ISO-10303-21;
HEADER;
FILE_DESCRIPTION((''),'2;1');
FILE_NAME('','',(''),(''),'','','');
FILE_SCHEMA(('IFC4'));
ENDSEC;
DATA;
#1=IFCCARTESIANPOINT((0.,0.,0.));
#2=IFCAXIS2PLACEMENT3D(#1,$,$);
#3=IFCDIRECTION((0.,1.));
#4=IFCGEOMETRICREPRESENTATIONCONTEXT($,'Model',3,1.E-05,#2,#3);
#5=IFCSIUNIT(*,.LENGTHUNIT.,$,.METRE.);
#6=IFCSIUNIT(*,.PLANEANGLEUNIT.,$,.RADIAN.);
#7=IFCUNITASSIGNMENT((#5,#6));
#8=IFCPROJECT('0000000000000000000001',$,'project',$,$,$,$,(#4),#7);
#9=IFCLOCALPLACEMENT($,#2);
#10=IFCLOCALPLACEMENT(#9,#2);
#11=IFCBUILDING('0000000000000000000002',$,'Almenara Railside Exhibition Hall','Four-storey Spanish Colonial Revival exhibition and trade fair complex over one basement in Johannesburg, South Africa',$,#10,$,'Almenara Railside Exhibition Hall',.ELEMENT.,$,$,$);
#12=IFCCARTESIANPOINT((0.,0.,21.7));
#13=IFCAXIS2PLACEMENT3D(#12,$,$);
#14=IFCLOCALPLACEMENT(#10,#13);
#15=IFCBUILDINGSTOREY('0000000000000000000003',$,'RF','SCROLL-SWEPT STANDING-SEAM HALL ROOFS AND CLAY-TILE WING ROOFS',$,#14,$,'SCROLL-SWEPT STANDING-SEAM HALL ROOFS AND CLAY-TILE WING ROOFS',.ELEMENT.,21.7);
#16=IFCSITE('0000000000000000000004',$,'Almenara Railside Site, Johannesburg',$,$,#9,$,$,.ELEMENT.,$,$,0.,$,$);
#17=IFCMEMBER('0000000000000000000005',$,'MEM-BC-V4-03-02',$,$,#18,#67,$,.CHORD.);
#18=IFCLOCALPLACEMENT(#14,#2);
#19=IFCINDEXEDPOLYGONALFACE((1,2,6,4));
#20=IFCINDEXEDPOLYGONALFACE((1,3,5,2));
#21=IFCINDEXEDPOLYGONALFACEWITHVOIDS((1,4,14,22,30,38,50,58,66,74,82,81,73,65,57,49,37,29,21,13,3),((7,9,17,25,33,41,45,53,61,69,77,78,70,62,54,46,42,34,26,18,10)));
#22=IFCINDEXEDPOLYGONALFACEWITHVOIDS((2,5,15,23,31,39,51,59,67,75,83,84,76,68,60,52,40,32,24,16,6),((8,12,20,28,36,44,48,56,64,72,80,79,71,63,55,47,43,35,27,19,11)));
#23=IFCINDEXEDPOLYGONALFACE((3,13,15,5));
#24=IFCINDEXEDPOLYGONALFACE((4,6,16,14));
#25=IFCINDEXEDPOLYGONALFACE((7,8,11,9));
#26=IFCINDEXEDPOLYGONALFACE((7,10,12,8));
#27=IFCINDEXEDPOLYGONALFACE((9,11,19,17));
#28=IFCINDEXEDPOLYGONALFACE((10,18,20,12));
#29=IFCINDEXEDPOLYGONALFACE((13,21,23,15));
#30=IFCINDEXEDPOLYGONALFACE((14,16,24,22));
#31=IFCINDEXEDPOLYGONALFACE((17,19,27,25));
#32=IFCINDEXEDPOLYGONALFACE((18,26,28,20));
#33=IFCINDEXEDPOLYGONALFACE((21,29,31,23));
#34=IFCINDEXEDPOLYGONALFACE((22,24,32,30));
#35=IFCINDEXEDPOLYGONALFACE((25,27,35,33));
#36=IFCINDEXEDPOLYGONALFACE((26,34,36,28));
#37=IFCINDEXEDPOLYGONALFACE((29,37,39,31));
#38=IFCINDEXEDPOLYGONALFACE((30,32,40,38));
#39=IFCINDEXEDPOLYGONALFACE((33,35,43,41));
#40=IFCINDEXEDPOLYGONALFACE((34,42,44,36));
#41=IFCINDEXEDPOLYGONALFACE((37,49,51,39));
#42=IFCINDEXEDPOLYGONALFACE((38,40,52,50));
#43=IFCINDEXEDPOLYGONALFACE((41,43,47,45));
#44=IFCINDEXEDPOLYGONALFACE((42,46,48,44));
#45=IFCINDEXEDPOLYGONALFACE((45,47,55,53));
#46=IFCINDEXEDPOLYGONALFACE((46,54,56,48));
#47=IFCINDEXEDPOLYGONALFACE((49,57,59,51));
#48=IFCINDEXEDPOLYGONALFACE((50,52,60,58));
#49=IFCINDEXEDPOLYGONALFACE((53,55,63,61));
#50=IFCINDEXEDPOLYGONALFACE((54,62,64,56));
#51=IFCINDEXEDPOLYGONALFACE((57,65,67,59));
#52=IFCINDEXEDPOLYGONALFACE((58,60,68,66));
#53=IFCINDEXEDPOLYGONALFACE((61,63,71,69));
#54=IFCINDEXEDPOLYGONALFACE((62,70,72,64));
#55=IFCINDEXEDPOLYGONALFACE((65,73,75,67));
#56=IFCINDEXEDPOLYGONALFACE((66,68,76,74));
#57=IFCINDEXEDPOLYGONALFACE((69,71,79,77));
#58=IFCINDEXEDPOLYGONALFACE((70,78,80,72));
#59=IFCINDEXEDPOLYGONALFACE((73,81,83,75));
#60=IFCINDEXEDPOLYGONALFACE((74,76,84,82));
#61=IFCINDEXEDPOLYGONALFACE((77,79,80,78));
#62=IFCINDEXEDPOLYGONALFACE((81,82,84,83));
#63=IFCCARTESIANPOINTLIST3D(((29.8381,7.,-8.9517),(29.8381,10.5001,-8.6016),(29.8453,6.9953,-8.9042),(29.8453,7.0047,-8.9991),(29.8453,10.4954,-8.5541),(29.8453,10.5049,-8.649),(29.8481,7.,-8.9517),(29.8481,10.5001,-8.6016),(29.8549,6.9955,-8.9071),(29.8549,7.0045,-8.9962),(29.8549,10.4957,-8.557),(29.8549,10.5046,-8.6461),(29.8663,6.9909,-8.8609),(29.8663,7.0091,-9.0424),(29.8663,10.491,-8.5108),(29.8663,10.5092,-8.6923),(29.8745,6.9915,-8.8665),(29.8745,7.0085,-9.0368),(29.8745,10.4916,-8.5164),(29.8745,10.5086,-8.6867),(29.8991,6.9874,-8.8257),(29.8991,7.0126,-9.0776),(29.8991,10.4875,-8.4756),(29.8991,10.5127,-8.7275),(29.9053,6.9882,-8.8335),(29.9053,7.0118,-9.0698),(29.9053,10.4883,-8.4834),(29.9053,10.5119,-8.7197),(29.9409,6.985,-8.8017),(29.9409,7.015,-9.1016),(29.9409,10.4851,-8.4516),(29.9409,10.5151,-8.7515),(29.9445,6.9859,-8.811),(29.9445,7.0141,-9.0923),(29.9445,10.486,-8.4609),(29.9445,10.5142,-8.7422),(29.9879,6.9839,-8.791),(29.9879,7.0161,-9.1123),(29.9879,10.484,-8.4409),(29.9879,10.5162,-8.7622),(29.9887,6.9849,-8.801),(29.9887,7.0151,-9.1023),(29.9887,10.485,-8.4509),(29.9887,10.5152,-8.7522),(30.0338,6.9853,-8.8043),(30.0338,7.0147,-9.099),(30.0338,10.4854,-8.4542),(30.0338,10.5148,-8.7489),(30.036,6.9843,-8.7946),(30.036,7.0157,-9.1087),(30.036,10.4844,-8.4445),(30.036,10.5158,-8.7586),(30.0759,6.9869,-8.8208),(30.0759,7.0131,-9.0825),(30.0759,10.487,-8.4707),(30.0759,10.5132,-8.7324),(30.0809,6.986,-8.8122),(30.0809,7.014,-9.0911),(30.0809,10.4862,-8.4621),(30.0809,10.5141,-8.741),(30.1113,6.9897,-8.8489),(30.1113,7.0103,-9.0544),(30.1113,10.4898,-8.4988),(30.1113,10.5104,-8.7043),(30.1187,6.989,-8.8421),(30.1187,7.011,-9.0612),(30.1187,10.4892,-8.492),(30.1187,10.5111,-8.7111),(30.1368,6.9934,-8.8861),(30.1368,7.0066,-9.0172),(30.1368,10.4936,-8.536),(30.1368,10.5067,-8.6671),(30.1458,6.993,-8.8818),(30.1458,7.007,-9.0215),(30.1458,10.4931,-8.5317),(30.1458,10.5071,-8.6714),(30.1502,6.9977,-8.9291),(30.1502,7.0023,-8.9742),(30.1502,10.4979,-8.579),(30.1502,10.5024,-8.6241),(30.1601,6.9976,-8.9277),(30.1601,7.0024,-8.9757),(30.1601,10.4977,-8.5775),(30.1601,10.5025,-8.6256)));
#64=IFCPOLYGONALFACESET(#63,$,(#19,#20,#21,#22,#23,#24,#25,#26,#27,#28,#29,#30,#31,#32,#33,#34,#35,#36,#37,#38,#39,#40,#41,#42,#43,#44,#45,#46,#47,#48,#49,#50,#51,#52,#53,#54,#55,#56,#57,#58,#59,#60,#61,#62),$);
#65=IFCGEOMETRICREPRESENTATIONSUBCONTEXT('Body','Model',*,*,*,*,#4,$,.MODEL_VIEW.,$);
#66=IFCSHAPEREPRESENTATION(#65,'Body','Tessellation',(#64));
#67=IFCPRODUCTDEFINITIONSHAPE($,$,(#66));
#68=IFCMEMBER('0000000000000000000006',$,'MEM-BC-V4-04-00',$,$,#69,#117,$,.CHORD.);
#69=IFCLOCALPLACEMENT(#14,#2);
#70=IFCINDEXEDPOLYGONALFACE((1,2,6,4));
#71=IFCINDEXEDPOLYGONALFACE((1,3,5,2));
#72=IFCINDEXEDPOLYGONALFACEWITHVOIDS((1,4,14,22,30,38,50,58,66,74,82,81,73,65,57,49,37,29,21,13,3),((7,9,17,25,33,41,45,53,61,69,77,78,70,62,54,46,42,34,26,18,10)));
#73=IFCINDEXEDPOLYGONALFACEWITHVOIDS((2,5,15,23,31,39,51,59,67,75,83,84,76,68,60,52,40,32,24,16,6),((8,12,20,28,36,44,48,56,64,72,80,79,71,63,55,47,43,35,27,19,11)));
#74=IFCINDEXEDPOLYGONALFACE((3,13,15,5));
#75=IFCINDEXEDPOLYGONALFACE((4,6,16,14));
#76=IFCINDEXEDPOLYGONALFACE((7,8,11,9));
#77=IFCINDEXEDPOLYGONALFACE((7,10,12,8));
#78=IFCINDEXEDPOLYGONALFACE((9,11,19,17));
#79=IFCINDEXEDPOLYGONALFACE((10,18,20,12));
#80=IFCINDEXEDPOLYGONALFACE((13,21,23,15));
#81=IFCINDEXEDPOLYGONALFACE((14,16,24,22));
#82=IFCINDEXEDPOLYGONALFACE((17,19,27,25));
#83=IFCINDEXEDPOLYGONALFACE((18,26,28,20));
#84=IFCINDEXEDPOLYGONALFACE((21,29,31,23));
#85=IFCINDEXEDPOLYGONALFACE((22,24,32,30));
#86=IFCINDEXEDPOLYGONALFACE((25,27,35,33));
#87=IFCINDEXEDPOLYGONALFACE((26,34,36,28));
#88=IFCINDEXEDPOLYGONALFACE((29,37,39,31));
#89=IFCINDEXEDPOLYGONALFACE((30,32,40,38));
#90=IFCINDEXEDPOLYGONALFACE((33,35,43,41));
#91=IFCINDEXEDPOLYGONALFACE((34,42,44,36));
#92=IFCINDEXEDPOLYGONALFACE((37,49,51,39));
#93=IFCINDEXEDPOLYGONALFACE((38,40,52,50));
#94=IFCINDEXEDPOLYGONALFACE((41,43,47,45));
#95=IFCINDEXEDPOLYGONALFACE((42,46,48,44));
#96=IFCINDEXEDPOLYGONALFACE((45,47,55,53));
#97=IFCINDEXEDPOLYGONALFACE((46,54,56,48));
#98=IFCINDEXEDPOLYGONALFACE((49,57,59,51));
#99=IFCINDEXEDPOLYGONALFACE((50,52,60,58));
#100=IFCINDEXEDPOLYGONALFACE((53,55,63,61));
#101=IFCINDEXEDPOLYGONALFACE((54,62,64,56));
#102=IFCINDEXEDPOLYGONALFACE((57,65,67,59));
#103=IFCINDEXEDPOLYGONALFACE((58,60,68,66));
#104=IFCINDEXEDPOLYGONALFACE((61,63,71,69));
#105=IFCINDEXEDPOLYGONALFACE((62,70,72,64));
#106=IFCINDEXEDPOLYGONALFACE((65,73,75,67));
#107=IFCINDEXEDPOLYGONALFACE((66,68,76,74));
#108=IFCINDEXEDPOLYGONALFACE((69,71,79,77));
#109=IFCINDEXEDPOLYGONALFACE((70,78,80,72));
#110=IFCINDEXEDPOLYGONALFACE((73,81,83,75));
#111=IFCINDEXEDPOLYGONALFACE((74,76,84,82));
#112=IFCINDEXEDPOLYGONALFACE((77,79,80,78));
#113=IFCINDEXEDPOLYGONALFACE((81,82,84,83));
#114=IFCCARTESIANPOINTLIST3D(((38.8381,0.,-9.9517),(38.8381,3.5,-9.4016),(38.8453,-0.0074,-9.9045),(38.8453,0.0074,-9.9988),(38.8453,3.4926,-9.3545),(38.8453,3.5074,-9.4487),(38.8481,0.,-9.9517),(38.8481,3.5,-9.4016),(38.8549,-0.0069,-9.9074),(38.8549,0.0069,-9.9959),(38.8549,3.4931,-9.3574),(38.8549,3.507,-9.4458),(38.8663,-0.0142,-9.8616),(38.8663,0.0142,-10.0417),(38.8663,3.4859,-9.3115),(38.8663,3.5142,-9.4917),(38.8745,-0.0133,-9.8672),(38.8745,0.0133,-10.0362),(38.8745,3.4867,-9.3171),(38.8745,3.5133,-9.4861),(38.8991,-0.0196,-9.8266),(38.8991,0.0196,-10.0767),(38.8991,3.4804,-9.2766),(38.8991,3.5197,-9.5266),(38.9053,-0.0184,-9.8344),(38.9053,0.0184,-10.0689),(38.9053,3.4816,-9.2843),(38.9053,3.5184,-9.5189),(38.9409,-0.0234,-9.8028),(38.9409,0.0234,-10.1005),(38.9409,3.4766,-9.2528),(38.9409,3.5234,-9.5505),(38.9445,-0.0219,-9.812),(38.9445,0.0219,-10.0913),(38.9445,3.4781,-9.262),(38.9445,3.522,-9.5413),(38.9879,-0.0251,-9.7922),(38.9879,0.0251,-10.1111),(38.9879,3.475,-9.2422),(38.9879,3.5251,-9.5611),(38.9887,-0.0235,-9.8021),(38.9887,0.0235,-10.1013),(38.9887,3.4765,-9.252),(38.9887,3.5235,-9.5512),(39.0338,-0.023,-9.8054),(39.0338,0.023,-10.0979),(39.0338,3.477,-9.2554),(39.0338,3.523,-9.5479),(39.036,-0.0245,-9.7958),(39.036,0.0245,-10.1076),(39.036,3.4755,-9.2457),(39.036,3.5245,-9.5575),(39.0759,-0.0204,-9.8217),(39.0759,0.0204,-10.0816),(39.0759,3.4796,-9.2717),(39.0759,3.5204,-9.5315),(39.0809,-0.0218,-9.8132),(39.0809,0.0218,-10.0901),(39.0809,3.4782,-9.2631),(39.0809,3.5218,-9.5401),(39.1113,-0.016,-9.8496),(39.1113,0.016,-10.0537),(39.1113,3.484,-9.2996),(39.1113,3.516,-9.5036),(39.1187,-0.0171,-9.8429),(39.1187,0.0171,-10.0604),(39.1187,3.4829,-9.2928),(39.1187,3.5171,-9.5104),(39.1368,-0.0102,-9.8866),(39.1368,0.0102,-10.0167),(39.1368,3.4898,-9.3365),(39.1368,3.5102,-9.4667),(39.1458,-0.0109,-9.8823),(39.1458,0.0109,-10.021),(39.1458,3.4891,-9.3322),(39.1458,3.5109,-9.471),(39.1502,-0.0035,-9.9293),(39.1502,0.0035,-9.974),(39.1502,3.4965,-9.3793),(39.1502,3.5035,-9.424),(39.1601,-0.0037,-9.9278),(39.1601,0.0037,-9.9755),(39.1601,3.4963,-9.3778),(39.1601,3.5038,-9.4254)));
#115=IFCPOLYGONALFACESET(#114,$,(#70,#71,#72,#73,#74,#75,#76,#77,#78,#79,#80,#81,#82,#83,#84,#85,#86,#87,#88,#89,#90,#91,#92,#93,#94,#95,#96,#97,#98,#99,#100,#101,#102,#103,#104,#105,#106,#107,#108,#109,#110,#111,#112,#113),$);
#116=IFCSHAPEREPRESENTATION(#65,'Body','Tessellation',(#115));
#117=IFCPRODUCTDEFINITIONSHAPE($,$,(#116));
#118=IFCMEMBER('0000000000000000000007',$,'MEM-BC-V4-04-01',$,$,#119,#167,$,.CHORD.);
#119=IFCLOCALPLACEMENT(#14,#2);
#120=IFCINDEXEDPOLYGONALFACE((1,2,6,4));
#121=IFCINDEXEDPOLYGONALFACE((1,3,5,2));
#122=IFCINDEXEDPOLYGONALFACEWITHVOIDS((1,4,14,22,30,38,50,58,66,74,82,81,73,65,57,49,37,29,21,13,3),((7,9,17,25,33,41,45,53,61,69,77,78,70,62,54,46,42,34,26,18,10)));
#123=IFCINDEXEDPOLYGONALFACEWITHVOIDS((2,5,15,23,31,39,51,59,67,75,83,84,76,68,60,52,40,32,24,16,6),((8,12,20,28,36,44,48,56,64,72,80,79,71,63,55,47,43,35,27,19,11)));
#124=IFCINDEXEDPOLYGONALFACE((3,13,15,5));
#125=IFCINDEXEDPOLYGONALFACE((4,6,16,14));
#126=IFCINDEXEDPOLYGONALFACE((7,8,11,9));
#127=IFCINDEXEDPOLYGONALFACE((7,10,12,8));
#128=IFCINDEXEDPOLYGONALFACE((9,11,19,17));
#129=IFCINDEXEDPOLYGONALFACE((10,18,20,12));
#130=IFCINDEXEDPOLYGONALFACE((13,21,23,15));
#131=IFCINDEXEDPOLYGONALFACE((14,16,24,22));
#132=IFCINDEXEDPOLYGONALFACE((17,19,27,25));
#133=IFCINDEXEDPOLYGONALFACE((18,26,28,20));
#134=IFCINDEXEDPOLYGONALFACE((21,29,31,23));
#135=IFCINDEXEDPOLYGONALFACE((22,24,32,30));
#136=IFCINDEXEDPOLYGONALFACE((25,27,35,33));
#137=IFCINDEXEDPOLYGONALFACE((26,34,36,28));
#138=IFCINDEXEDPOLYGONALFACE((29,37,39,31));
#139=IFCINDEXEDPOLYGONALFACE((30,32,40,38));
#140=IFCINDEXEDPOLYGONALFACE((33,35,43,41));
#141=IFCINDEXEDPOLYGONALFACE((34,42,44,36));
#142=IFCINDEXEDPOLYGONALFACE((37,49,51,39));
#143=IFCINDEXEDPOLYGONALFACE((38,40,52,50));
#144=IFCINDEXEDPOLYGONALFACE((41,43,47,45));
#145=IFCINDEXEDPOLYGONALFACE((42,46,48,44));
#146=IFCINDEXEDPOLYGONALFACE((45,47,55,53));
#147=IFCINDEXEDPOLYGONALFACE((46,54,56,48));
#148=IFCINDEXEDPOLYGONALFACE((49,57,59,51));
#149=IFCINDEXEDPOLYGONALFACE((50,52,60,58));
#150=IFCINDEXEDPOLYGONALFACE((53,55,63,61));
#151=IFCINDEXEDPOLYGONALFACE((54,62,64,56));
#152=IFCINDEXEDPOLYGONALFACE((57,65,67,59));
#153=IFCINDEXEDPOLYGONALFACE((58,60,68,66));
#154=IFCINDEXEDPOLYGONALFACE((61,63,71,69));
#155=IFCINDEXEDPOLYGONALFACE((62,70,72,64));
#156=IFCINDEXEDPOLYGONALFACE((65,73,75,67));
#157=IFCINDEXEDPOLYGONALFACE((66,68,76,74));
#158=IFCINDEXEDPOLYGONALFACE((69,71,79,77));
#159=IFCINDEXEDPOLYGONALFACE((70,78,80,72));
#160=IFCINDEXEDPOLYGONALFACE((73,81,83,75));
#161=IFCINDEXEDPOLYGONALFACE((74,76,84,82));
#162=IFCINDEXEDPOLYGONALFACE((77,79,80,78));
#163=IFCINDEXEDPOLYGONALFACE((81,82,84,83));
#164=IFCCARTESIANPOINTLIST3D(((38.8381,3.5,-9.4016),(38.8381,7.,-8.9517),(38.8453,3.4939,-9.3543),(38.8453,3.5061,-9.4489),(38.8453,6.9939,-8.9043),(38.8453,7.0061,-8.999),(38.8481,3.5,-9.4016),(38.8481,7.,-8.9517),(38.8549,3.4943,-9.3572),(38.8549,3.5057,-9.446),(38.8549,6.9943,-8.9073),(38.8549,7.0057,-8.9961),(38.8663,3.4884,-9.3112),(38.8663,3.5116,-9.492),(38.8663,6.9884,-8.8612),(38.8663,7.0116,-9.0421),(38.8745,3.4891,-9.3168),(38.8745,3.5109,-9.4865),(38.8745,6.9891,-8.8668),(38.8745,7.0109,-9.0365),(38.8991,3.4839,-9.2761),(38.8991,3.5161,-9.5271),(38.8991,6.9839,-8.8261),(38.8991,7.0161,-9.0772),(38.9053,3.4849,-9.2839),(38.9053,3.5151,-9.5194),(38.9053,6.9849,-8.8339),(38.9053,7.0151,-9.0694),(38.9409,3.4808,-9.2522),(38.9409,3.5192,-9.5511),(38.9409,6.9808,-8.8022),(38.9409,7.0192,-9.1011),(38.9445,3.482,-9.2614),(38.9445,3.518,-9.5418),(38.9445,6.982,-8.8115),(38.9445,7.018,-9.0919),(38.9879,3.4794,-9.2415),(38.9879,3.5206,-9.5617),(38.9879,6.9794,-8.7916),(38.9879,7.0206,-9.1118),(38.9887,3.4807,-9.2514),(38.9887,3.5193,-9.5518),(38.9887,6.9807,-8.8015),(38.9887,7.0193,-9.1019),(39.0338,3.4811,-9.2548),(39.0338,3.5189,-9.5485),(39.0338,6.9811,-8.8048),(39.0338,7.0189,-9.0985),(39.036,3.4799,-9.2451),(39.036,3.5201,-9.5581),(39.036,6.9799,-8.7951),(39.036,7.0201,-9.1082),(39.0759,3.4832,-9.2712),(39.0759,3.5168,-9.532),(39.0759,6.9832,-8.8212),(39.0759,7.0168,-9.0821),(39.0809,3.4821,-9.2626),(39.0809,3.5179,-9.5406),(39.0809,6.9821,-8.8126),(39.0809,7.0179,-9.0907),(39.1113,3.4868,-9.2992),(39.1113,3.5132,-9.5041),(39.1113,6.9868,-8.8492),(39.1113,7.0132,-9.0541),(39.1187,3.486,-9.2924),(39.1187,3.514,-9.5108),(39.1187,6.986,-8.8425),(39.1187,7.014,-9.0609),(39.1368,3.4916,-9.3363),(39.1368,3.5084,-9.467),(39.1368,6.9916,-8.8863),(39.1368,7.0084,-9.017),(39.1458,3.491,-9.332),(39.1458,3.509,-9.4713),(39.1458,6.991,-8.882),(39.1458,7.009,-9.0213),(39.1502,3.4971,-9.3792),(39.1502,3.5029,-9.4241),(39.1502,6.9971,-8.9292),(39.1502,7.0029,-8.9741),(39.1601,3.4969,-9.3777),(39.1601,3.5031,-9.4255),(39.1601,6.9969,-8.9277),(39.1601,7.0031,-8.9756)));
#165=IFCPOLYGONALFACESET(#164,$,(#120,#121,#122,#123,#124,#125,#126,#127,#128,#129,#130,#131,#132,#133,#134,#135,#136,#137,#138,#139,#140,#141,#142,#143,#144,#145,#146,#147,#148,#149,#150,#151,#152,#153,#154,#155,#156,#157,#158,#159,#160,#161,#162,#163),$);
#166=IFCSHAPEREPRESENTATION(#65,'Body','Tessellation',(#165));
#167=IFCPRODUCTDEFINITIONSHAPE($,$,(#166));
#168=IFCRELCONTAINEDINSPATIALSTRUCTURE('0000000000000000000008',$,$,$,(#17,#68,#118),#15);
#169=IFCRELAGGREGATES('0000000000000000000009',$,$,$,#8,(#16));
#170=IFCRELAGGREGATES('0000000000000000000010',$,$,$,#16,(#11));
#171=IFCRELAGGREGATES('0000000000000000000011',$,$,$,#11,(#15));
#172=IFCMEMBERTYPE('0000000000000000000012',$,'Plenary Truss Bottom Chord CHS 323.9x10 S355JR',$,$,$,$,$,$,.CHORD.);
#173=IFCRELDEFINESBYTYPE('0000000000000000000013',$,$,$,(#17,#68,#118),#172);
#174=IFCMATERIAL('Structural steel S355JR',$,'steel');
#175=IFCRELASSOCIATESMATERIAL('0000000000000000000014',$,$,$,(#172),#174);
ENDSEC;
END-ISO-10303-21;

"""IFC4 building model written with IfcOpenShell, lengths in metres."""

from ifc_helpers import new_model, si_unit, direction, frame, origin, origin_2d, place, context, subcontext, project, spatial, hollow_circle, extrude, material, material_profile, profile_set, type_object, element, save


model = new_model("IFC4")

# Units and contexts
model_context = context("Model", 3, precision=1e-05, world=origin(), true_north=direction((0.0, 1.0)))
body_context = subcontext(model_context, "Body", "Model", "MODEL_VIEW")
ifc_project = project(units=[si_unit("LENGTHUNIT", "METRE"), si_unit("PLANEANGLEUNIT", "RADIAN")], contexts=[model_context])

# Site, building, storey
site_placement = place(None, origin())
site = spatial("IfcSite", under=ifc_project, at=site_placement, Name="Almenara Railside Site, Johannesburg", CompositionType="ELEMENT", RefElevation=0.0)
building_placement = place(site_placement, origin())
building = spatial("IfcBuilding", under=site, at=building_placement, Name="Almenara Railside Exhibition Hall", Description="Four-storey Spanish Colonial Revival exhibition and trade fair complex over one basement in Johannesburg, South Africa", LongName="Almenara Railside Exhibition Hall", CompositionType="ELEMENT")
storey_placement = place(building_placement, frame((0.0, 0.0, 21.7)))
storey = spatial("IfcBuildingStorey", under=building, at=storey_placement, Name="RF", Description="SCROLL-SWEPT STANDING-SEAM HALL ROOFS AND CLAY-TILE WING ROOFS", LongName="SCROLL-SWEPT STANDING-SEAM HALL ROOFS AND CLAY-TILE WING ROOFS", CompositionType="ELEMENT", Elevation=21.7)

# Members
ifc_material = material(Name="Structural steel S355JR", Category="steel")
ifc_material_profile_1 = material_profile(ifc_material, hollow_circle(Radius=0.1619, WallThickness=0.01, at=origin_2d()), Name="CHS 323.9x10")
ifc_profile_set_1 = profile_set([ifc_material_profile_1], Name="Structural steel S355JR")
member_type_1 = type_object("IfcMemberType", Name="Plenary Truss Bottom Chord CHS 323.9x10 S355JR", PredefinedType="CHORD", material=ifc_profile_set_1)
member_1_placement = place(storey_placement, frame((30.0, 7.0, -8.9517), z_axis=(0.0, 0.995034, 0.099531), x_axis=(-1.0, 0.0, 0.0)))
element("IfcMember", 1, at=member_1_placement, inside=storey, type_object=member_type_1, Name="MEM-BC-V4-03-02", PredefinedType="CHORD", context=body_context, shape_type="SweptSolid", body=[
    extrude(hollow_circle(Radius=0.1619, WallThickness=0.01, at=origin_2d()), origin(), (0.0, 0.0, 1.0), 3.5176),
])
member_2_placement = place(storey_placement, frame((39.0, 0.0, -9.9517), z_axis=(0.0, 0.987875, 0.155251), x_axis=(-1.0, 0.0, 0.0)))
element("IfcMember", 2, at=member_2_placement, inside=storey, type_object=member_type_1, Name="MEM-BC-V4-04-00", PredefinedType="CHORD", context=body_context, shape_type="SweptSolid", body=[
    extrude(hollow_circle(Radius=0.1619, WallThickness=0.01, at=origin_2d()), origin(), (0.0, 0.0, 1.0), 3.543),
])
member_3_placement = place(storey_placement, frame((39.0, 3.5, -9.4016), z_axis=(0.0, 0.991838, 0.127508), x_axis=(-1.0, 0.0, 0.0)))
element("IfcMember", 3, at=member_3_placement, inside=storey, type_object=member_type_1, Name="MEM-BC-V4-04-01", PredefinedType="CHORD", context=body_context, shape_type="SweptSolid", body=[
    extrude(hollow_circle(Radius=0.1619, WallThickness=0.01, at=origin_2d()), origin(), (0.0, 0.0, 1.0), 3.5288),
])

save(model, "model.ifc")
